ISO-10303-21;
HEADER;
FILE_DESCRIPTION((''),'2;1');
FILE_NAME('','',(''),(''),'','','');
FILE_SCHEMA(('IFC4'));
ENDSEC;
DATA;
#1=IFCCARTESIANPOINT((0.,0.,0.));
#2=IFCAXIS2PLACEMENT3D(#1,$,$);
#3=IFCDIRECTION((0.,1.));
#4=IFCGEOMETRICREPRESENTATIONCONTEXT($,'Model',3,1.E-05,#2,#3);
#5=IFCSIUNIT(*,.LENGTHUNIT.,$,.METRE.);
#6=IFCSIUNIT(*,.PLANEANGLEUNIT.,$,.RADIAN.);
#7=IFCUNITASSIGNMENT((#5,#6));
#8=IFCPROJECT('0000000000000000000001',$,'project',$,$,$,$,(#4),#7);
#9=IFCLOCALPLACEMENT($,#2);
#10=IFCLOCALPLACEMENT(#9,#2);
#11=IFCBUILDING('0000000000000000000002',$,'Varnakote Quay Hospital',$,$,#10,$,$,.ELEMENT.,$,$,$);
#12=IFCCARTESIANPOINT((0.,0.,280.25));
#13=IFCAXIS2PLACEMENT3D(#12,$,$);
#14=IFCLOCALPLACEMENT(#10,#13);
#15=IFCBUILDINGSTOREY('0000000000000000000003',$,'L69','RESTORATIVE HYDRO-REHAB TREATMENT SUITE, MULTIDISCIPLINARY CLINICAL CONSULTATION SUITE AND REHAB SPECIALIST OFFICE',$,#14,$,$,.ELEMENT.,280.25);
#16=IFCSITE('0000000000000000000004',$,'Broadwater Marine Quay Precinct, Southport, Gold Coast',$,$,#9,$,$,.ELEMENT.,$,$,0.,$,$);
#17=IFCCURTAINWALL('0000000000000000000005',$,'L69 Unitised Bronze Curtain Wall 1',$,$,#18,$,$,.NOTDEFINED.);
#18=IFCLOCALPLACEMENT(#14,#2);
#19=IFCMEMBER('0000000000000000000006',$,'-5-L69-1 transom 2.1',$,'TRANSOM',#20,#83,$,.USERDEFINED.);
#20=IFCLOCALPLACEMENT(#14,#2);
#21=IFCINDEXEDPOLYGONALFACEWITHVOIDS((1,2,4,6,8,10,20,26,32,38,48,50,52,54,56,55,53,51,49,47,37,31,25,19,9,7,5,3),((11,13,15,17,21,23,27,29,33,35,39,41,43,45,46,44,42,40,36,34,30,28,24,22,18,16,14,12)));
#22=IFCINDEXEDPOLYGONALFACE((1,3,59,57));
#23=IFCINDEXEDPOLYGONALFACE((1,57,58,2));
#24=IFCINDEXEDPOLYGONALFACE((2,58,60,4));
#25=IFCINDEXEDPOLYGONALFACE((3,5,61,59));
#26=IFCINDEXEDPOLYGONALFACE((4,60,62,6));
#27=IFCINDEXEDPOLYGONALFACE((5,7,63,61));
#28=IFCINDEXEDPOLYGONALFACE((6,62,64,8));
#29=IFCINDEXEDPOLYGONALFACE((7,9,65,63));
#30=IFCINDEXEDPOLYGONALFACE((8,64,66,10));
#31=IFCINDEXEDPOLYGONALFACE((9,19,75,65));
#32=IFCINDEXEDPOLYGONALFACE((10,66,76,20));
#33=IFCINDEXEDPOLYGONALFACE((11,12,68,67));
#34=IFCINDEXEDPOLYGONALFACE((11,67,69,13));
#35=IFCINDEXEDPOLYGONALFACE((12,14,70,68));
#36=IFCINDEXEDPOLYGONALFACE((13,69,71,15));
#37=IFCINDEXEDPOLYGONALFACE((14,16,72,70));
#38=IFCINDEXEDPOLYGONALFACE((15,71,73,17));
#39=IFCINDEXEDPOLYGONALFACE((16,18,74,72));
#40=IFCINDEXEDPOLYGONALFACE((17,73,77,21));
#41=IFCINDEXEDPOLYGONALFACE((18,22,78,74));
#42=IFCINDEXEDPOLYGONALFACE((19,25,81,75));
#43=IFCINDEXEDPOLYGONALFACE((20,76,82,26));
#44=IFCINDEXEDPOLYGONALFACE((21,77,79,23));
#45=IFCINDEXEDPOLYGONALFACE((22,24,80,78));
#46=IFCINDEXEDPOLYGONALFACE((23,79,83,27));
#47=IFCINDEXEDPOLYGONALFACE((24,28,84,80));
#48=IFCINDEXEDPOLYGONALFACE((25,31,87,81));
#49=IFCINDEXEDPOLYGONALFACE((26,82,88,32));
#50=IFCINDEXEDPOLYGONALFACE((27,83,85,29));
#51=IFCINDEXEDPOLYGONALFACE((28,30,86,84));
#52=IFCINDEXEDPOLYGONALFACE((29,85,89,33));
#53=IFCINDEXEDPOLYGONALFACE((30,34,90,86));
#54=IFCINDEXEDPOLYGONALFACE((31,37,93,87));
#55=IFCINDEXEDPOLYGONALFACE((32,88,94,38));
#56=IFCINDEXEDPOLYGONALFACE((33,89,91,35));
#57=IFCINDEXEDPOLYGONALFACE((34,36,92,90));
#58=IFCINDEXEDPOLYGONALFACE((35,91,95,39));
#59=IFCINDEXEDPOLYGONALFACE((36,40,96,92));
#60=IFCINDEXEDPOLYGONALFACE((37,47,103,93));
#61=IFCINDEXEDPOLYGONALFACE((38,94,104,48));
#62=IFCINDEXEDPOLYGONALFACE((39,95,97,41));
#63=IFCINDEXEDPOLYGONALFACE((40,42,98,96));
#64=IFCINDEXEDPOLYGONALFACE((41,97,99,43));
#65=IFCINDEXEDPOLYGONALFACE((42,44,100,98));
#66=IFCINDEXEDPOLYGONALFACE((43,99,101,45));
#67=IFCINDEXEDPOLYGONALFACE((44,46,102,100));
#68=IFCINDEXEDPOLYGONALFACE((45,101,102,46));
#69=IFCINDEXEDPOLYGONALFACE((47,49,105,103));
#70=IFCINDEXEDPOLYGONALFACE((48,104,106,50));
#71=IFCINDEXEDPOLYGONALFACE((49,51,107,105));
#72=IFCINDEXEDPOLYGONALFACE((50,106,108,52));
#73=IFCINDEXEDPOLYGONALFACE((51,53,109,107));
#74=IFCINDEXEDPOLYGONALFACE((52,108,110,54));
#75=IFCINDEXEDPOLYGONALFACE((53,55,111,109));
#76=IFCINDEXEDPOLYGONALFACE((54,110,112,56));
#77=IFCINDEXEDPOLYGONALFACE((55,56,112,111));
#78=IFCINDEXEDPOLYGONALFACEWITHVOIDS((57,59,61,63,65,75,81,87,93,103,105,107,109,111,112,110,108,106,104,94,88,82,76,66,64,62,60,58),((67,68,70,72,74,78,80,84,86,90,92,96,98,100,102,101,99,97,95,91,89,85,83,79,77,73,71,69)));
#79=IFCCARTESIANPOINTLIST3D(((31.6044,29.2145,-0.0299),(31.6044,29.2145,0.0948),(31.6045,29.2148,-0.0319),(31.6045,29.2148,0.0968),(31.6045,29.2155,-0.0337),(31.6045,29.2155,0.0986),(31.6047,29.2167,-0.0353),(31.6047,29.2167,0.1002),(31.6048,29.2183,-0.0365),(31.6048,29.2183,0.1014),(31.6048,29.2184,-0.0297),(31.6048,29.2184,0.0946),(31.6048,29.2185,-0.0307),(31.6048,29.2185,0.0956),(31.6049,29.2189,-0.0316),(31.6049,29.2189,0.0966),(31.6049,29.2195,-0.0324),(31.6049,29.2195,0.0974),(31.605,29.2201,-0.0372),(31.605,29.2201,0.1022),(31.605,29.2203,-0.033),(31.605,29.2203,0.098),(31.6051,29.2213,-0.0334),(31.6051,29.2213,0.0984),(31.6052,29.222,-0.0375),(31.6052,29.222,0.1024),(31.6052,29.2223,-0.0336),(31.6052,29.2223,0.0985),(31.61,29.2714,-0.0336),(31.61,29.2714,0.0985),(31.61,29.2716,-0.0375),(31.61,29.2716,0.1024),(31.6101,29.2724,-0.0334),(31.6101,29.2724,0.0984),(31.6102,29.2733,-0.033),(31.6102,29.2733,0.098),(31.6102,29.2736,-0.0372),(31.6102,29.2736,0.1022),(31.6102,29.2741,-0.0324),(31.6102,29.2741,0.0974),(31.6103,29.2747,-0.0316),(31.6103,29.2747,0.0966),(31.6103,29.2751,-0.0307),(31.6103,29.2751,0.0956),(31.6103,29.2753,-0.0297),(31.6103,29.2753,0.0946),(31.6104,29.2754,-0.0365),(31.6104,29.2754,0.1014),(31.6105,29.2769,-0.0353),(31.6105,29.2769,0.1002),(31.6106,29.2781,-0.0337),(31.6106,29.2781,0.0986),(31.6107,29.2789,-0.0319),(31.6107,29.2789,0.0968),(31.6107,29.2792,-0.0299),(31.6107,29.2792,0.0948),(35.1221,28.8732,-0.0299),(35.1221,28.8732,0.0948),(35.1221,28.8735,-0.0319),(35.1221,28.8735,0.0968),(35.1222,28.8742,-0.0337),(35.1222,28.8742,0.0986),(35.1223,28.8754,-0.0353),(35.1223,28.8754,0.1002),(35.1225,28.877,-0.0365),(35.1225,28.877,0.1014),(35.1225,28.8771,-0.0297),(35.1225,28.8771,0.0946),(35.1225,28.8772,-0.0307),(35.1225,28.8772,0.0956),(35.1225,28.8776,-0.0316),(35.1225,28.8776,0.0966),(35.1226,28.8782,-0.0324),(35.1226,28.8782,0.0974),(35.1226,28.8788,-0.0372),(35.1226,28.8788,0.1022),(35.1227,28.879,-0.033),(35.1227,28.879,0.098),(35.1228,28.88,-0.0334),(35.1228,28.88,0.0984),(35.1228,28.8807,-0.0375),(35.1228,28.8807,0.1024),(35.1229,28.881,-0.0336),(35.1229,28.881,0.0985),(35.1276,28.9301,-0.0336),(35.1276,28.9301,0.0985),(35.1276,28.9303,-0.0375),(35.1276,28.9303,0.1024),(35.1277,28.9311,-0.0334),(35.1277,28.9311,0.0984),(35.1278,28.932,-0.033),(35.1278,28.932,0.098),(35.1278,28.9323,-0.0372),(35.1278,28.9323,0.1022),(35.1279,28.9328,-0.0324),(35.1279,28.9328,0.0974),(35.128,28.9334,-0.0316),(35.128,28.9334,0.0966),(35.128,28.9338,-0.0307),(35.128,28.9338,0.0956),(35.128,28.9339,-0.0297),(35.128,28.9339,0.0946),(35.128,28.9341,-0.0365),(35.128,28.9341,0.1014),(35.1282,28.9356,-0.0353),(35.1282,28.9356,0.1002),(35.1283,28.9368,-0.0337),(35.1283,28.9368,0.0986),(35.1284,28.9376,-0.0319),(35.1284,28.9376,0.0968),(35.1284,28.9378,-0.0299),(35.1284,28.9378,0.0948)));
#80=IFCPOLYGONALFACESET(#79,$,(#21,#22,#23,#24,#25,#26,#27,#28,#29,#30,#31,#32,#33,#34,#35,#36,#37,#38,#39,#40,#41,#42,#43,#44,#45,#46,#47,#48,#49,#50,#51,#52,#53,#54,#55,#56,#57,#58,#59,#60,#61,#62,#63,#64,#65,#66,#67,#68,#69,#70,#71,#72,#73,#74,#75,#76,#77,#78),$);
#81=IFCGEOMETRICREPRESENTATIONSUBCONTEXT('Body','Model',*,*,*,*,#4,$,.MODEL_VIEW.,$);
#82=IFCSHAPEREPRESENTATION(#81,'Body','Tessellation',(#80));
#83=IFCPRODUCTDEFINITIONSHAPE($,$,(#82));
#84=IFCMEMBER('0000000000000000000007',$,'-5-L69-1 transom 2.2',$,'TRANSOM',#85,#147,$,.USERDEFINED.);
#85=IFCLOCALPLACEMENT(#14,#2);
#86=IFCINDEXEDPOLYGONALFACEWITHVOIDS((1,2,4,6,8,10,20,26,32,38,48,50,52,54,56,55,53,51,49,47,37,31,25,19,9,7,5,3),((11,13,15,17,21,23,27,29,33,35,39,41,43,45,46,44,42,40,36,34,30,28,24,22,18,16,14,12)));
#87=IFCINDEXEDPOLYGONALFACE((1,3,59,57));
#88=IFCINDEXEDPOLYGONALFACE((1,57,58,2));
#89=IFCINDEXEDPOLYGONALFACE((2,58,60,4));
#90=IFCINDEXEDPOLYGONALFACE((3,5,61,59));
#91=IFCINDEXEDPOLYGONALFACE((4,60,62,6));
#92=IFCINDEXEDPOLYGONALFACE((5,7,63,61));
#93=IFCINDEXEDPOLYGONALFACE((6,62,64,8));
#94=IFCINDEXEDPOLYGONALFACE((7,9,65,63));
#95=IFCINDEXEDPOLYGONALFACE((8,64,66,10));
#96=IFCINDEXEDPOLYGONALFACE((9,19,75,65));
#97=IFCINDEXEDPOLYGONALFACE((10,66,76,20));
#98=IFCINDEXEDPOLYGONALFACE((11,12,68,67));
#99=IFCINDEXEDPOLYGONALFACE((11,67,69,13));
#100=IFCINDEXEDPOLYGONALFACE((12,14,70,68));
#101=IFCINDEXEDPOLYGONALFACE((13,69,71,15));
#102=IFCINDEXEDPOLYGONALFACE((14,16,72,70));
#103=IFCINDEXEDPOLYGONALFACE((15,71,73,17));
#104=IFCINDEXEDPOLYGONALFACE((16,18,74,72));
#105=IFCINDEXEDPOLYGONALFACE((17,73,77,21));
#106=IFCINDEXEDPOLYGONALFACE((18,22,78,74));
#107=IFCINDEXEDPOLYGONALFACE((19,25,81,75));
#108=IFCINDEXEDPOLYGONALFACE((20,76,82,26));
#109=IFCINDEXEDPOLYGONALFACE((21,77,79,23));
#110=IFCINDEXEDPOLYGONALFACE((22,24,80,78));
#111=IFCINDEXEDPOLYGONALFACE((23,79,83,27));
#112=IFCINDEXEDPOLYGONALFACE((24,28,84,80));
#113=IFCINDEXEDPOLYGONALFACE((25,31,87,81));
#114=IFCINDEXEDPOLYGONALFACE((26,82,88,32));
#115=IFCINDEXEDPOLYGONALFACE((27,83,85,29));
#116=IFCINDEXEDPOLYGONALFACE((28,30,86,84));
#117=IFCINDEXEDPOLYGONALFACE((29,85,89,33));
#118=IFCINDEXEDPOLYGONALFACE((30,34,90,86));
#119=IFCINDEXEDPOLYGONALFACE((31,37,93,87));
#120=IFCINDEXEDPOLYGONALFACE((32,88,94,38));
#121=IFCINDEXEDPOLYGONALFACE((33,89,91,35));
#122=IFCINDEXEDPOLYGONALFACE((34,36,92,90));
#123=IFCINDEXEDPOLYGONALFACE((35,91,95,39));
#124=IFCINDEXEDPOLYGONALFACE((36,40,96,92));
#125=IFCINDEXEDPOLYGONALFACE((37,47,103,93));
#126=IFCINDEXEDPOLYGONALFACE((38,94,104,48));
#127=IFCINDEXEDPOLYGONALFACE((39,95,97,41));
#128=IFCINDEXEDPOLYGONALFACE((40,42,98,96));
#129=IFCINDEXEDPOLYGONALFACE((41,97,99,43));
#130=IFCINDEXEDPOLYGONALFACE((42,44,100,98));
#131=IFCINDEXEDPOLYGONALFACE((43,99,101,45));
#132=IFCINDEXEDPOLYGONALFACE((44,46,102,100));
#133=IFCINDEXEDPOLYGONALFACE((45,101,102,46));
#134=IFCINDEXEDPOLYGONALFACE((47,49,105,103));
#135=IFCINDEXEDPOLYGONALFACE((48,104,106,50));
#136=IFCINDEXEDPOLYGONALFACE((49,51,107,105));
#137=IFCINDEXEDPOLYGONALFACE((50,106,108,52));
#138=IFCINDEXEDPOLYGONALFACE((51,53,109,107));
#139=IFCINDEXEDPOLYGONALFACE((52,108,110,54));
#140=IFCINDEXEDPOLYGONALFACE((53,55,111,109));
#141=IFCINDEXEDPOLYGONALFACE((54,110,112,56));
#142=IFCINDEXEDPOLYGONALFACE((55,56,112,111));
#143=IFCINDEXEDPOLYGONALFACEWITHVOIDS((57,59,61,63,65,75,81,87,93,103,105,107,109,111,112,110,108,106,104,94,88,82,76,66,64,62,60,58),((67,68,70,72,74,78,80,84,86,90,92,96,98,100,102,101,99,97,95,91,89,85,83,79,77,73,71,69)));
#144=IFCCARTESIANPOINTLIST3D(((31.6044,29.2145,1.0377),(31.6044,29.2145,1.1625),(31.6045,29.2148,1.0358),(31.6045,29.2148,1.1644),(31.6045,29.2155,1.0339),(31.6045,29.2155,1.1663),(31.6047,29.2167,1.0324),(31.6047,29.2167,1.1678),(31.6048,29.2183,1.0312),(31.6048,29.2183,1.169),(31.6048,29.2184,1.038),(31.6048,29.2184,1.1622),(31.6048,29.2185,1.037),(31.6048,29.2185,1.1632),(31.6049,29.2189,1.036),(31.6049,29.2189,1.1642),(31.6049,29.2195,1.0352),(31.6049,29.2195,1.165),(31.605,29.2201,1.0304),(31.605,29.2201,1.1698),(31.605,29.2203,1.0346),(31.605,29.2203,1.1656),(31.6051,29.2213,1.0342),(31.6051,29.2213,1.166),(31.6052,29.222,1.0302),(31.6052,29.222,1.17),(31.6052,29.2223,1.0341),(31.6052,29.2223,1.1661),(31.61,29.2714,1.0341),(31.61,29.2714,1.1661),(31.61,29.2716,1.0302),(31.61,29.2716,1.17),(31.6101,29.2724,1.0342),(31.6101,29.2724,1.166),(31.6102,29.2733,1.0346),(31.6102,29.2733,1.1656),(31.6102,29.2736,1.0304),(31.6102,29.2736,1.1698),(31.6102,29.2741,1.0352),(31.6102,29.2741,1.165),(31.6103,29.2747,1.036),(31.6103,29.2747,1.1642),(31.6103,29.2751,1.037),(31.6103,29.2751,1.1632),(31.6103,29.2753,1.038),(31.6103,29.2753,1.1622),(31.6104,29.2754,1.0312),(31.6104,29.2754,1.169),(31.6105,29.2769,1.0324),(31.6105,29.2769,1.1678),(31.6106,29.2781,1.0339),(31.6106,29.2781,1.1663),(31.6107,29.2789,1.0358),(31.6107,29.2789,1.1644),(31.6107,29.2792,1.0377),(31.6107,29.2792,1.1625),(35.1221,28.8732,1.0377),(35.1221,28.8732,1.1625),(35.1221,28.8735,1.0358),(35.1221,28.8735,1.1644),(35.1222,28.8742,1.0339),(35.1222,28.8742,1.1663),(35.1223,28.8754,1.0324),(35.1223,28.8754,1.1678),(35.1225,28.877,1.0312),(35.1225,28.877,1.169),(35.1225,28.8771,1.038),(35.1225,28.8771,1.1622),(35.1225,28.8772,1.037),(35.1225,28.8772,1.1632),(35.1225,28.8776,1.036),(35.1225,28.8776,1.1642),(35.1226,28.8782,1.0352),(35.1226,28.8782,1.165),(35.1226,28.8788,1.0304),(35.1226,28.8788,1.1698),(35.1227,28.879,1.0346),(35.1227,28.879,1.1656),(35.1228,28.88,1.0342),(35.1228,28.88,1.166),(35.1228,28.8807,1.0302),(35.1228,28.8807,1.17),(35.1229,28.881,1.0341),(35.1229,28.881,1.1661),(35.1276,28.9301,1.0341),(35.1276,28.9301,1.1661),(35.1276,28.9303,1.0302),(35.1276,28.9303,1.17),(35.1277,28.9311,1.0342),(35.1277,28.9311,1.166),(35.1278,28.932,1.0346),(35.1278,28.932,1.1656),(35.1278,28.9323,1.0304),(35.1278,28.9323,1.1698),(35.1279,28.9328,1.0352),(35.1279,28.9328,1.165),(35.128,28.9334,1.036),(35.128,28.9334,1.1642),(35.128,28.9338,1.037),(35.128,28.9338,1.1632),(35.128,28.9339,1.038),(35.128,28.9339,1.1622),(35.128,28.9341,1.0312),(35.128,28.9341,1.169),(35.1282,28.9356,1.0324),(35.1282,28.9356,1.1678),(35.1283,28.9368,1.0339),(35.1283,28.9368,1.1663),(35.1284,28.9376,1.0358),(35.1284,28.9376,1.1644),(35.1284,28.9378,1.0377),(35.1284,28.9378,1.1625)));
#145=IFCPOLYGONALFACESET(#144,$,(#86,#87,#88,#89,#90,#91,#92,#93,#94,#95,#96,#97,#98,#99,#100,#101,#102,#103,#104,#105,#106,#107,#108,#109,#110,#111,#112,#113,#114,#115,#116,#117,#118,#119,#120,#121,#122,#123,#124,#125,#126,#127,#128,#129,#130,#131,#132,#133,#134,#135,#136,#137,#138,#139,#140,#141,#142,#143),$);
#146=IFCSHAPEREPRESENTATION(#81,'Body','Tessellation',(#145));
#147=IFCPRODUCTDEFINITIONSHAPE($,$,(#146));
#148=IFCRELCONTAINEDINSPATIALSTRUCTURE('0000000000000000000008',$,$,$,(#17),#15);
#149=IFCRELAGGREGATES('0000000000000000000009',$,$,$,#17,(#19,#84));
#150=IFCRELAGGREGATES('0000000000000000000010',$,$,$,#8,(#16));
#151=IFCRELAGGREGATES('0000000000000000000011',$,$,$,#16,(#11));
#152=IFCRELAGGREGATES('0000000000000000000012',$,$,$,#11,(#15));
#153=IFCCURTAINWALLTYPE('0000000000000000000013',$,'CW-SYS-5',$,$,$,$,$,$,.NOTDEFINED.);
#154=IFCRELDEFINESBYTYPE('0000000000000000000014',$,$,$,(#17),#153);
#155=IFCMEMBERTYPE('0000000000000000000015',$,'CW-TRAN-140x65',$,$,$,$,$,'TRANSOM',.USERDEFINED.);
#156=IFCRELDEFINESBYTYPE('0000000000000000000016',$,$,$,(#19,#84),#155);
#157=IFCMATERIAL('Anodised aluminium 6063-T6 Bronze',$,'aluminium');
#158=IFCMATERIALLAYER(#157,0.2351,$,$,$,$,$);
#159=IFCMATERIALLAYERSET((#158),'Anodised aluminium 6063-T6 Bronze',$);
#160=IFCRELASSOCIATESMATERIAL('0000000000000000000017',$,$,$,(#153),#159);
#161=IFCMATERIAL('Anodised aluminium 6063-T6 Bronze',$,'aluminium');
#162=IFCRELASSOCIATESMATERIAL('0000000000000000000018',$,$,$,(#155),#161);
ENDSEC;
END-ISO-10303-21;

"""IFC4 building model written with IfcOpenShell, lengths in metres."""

from ifc_helpers import new_model, si_unit, direction, frame, origin, origin_2d, place, context, subcontext, project, spatial, hollow_rectangle, extrude, material, layer, layer_set, material_profile, profile_set, type_object, element, aggregate, save


model = new_model("IFC4")

# Units and contexts
model_context = context("Model", 3, precision=1e-05, world=origin(), true_north=direction((0.0, 1.0)))
body_context = subcontext(model_context, "Body", "Model", "MODEL_VIEW")
ifc_project = project(units=[si_unit("LENGTHUNIT", "METRE"), si_unit("PLANEANGLEUNIT", "RADIAN")], contexts=[model_context])

# Site, building, storey
site_placement = place(None, origin())
site = spatial("IfcSite", under=ifc_project, at=site_placement, Name="Broadwater Marine Quay Precinct, Southport, Gold Coast", CompositionType="ELEMENT", RefElevation=0.0)
building_placement = place(site_placement, origin())
building = spatial("IfcBuilding", under=site, at=building_placement, Name="Varnakote Quay Hospital", CompositionType="ELEMENT")
storey_placement = place(building_placement, frame((0.0, 0.0, 280.25)))
storey = spatial("IfcBuildingStorey", under=building, at=storey_placement, Name="L69", Description="RESTORATIVE HYDRO-REHAB TREATMENT SUITE, MULTIDISCIPLINARY CLINICAL CONSULTATION SUITE AND REHAB SPECIALIST OFFICE", CompositionType="ELEMENT", Elevation=280.25)

# Curtain wall, members
ifc_material_1 = material(Name="Anodised aluminium 6063-T6 Bronze", Category="aluminium")
ifc_layer_1 = layer(ifc_material_1, 0.2351)
ifc_layer_set_1 = layer_set([ifc_layer_1], Name="Anodised aluminium 6063-T6 Bronze")
curtain_wall_type = type_object("IfcCurtainWallType", Name="CW-SYS-5", PredefinedType="NOTDEFINED", material=ifc_layer_set_1)
curtain_wall_placement = place(storey_placement, origin())
curtain_wall = element("IfcCurtainWall", 1, at=curtain_wall_placement, inside=storey, type_object=curtain_wall_type, Name="L69 Unitised Bronze Curtain Wall 1", PredefinedType="NOTDEFINED")
ifc_material_2 = material(Name="Anodised aluminium 6063-T6 Bronze", Category="aluminium")
ifc_material_profile_1 = material_profile(ifc_material_2, hollow_rectangle(XDim=0.0649, YDim=0.1399, WallThickness=0.0039, InnerFilletRadius=0.0039, OuterFilletRadius=0.0076, at=origin_2d()), Name="CW-TRAN-140x65")
ifc_profile_set_1 = profile_set([ifc_material_profile_1], Name="Anodised aluminium 6063-T6 Bronze")
member_type_1 = type_object("IfcMemberType", Name="CW-TRAN-140x65", ElementType="TRANSOM", PredefinedType="USERDEFINED", material=ifc_profile_set_1)
member_1_placement = place(storey_placement, frame((35.1252, 28.9055, 0.0325), z_axis=(-0.995326, 0.096576, 0.0), x_axis=(-0.096576, -0.995326, 0.0)))
member_1 = element("IfcMember", 2, at=member_1_placement, type_object=member_type_1, Name="-5-L69-1 transom 2.1", ObjectType="TRANSOM", PredefinedType="USERDEFINED", context=body_context, shape_type="SweptSolid", body=[
    extrude(hollow_rectangle(XDim=0.0649, YDim=0.1399, WallThickness=0.0039, InnerFilletRadius=0.0039, OuterFilletRadius=0.0076, at=origin_2d()), origin(), (0.0, 0.0, 1.0), 3.5342),
])
member_2_placement = place(storey_placement, frame((35.1252, 28.9055, 1.1001), z_axis=(-0.995326, 0.096576, 0.0), x_axis=(-0.096576, -0.995326, 0.0)))
member_2 = element("IfcMember", 3, at=member_2_placement, type_object=member_type_1, Name="-5-L69-1 transom 2.2", ObjectType="TRANSOM", PredefinedType="USERDEFINED", context=body_context, shape_type="SweptSolid", body=[
    extrude(hollow_rectangle(XDim=0.0649, YDim=0.1399, WallThickness=0.0039, InnerFilletRadius=0.0039, OuterFilletRadius=0.0076, at=origin_2d()), origin(), (0.0, 0.0, 1.0), 3.5342),
])
aggregate(curtain_wall, [member_1, member_2])

save(model, "model.ifc")
